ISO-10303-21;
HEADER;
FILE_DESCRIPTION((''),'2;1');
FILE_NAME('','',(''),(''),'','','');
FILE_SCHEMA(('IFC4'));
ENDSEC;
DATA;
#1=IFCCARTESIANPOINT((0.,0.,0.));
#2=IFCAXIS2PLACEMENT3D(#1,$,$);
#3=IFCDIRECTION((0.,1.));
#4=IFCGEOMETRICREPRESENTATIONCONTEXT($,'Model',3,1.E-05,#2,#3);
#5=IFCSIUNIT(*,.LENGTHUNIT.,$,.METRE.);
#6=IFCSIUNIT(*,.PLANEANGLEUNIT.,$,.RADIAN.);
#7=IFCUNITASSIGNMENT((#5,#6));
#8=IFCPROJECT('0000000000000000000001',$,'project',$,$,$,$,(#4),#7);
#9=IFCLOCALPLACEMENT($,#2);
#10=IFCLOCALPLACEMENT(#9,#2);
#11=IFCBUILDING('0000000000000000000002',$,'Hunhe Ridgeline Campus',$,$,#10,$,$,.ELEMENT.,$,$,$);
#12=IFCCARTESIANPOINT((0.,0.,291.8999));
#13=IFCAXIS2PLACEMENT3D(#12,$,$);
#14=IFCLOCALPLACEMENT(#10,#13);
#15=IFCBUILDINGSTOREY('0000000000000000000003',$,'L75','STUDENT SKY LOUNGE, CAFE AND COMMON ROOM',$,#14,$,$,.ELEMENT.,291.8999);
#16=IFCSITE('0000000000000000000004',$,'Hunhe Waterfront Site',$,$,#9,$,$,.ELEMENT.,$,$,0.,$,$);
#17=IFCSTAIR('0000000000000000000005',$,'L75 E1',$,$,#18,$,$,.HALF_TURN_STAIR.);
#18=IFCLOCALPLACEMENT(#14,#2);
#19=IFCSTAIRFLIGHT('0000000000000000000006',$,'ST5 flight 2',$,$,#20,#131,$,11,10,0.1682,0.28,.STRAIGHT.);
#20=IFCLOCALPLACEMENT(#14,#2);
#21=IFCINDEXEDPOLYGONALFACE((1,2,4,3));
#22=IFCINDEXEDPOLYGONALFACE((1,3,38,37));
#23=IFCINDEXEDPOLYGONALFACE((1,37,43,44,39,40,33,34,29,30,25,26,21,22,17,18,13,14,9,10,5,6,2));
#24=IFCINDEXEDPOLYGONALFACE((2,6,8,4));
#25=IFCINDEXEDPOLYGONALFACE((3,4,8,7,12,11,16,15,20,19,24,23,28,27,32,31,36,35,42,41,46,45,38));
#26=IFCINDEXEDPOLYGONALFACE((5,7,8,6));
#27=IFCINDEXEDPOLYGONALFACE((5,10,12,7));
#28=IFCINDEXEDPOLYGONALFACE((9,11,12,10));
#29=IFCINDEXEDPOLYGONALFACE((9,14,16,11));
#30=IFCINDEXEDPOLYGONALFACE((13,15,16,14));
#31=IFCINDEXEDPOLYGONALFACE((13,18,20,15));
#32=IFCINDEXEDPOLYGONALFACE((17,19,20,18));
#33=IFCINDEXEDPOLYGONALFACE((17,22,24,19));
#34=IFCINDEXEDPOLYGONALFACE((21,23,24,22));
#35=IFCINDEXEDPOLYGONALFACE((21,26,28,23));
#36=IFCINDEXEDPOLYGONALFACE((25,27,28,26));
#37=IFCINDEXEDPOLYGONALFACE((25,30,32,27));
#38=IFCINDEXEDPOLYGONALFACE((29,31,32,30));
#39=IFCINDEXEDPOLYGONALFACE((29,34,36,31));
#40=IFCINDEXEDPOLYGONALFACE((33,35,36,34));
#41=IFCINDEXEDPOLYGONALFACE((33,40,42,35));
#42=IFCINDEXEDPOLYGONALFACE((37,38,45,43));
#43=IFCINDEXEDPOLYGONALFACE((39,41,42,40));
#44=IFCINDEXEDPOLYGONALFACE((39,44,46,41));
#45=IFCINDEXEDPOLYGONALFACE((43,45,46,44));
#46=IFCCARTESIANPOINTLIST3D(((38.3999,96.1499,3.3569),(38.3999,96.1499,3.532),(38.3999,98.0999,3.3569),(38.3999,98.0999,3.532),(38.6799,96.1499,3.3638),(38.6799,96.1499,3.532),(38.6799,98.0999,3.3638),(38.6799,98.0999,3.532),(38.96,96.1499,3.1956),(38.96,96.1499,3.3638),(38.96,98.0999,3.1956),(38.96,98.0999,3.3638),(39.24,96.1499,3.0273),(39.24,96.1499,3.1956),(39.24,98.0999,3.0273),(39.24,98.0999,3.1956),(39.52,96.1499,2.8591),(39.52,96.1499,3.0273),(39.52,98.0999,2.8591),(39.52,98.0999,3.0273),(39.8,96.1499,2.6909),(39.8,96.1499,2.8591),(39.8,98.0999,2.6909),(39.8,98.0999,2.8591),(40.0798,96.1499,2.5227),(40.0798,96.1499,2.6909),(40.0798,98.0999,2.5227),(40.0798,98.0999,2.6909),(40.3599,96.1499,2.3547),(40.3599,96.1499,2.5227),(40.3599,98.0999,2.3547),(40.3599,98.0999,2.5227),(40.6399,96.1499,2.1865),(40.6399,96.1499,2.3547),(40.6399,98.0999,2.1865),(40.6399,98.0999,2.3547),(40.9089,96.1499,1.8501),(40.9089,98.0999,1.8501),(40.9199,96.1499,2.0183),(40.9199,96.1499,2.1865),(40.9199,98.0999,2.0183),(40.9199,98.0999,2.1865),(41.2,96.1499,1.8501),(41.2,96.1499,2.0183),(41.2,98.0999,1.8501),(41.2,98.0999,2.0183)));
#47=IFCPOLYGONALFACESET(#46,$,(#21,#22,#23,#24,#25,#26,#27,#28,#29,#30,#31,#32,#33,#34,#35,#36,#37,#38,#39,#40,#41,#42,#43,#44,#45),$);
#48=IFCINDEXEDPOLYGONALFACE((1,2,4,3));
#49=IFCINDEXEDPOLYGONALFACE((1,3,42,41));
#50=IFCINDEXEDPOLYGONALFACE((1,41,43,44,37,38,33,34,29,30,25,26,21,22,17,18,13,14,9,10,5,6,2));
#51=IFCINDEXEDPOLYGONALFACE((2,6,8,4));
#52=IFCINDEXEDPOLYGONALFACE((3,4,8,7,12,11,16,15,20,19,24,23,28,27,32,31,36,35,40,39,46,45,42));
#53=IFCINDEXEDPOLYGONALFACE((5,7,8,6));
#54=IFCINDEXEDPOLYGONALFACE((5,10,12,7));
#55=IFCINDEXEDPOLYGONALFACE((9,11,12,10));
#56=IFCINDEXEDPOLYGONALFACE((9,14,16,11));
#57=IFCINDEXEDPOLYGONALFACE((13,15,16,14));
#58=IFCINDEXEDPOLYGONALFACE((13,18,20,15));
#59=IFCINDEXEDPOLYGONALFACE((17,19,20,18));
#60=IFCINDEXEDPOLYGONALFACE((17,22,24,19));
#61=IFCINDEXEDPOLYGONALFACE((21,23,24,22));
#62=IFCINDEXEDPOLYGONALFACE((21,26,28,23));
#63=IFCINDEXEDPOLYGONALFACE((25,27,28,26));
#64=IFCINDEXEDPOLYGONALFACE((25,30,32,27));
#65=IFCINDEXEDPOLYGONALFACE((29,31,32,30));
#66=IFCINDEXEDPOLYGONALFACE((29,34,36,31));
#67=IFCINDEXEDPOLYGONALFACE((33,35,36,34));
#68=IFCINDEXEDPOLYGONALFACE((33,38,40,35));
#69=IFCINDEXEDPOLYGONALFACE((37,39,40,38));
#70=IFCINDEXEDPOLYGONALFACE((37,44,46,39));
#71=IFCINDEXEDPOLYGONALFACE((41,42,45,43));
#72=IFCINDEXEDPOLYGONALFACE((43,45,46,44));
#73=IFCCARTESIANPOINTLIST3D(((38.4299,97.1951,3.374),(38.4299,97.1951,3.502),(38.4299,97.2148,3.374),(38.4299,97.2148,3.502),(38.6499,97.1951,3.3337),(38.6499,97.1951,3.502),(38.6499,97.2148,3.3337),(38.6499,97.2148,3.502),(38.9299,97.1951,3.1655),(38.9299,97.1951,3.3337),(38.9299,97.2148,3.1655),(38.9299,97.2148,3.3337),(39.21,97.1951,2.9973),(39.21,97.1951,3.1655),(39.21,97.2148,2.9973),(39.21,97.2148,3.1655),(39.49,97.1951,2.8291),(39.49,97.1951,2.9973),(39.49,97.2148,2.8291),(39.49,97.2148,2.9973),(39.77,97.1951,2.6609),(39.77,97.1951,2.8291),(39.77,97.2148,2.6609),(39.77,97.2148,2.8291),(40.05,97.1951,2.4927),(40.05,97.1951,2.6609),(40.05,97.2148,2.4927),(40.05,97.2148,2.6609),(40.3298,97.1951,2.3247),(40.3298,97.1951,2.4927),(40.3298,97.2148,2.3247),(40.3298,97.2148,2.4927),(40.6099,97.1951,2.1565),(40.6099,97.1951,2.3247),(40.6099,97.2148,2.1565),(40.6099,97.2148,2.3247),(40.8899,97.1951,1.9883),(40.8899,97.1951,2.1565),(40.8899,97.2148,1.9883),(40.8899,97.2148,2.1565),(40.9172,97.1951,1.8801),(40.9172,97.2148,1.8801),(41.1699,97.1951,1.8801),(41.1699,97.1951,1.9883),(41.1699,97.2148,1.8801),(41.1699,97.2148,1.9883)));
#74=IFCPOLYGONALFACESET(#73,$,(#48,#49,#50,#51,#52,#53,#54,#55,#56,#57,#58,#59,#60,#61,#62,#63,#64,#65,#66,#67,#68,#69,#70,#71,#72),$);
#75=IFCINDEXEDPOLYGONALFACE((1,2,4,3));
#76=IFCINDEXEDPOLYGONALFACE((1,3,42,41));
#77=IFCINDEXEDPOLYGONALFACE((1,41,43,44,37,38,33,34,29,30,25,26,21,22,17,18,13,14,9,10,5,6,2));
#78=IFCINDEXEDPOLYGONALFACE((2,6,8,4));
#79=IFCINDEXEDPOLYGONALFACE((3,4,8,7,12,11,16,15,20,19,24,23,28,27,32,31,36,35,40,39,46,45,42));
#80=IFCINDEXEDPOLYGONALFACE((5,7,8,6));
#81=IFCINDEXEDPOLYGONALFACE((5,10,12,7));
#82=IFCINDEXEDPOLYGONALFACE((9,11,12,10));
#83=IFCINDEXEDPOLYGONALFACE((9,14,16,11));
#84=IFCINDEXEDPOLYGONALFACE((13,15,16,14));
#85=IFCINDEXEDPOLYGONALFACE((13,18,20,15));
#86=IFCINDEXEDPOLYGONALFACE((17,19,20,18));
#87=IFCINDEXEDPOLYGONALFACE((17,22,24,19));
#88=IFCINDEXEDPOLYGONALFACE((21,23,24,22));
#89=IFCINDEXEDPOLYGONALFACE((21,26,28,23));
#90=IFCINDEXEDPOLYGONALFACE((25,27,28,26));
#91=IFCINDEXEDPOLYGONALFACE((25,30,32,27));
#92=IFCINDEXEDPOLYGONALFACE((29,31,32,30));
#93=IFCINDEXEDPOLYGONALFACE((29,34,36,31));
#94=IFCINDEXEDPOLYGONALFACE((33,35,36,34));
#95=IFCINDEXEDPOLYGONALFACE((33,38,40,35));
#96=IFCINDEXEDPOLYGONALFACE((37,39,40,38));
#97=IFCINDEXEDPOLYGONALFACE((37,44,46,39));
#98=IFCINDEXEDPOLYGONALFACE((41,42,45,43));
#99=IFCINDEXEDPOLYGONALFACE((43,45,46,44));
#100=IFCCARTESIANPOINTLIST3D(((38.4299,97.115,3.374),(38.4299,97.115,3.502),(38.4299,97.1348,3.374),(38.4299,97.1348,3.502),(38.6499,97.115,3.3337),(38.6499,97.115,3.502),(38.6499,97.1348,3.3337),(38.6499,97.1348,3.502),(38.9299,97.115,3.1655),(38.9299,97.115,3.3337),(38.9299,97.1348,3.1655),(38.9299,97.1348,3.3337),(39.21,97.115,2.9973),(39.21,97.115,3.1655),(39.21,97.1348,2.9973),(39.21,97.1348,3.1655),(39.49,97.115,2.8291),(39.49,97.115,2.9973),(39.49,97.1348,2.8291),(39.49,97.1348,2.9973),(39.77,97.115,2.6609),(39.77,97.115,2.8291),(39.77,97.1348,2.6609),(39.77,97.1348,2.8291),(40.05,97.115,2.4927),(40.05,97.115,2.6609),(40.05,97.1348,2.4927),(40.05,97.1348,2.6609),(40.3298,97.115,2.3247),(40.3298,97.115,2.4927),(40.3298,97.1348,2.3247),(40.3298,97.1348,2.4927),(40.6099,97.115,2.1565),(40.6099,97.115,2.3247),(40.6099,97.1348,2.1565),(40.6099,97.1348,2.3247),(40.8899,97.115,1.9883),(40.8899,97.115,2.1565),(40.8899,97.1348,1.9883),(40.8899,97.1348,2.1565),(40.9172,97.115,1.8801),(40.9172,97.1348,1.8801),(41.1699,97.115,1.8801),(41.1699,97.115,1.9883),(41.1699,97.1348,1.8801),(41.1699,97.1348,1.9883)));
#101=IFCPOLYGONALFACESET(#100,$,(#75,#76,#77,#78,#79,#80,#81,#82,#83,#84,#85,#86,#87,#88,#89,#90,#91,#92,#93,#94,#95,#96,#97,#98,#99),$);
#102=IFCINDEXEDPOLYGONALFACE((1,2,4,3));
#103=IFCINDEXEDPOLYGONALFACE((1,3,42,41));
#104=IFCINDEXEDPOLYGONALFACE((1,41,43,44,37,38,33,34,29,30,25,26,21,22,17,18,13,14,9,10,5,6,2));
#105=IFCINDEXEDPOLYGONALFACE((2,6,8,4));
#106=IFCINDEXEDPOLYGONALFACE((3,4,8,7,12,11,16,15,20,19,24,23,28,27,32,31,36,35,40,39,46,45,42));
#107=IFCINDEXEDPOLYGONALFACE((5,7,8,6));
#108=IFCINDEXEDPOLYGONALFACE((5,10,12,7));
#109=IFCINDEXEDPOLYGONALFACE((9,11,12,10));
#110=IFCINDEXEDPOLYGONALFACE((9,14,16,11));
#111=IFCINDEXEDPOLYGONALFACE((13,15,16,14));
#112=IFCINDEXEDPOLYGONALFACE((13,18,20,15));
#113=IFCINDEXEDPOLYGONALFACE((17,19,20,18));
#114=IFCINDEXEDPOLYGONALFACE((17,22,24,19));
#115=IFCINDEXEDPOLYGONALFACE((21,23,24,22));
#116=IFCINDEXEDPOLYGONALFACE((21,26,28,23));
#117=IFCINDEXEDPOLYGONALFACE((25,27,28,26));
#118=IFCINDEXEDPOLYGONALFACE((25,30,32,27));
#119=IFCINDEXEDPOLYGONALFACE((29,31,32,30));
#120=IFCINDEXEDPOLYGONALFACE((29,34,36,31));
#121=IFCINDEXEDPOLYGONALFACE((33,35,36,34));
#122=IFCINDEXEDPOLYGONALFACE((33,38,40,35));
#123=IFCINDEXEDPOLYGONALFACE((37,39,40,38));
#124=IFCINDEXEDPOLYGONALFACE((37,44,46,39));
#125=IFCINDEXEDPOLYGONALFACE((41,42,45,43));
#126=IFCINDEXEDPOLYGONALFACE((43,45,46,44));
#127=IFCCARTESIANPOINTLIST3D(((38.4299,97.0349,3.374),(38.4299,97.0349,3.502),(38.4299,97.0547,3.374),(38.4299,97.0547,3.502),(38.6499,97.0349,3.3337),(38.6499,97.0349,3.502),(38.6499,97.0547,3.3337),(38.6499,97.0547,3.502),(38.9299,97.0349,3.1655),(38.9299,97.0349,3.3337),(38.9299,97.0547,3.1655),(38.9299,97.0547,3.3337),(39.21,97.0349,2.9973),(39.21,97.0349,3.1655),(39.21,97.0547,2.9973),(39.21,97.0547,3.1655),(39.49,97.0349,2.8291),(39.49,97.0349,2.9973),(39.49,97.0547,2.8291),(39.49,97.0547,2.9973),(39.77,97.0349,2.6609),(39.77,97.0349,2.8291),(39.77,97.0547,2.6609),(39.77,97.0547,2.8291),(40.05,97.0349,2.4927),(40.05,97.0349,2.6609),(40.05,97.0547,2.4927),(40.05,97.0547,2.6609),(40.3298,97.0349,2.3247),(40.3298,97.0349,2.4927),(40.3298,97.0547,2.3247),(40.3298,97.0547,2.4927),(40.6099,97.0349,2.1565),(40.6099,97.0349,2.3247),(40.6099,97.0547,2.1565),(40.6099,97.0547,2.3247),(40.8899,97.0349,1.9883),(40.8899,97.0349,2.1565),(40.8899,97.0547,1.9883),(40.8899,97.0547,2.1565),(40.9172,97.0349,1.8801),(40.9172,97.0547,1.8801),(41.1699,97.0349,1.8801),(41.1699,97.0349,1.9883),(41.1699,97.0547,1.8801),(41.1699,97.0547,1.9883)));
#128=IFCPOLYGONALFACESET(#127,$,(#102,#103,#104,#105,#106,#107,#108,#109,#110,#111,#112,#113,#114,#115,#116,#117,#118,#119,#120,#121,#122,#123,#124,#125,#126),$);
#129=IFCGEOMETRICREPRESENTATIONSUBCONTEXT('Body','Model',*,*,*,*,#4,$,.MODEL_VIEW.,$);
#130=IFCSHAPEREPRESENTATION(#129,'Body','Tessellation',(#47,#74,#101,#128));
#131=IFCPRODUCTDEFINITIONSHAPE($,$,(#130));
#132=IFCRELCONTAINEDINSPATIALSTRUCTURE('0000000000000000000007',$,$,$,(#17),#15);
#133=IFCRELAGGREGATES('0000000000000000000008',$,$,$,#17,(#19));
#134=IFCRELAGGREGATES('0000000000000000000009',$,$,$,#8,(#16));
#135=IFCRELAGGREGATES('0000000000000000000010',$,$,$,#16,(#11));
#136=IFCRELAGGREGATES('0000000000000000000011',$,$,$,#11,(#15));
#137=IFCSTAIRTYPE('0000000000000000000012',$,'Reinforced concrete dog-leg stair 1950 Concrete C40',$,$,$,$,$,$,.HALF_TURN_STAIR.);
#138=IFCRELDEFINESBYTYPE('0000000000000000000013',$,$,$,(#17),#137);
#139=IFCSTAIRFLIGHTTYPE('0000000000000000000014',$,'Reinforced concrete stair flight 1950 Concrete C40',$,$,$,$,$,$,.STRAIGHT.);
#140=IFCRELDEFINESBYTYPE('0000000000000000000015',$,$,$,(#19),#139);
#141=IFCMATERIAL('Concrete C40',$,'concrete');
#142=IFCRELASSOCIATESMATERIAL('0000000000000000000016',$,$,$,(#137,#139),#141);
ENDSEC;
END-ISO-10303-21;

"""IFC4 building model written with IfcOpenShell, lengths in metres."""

from ifc_helpers import new_model, si_unit, direction, frame, origin, place, context, subcontext, project, spatial, polyline, outline, extrude, material, type_object, element, aggregate, save


model = new_model("IFC4")

# Units and contexts
model_context = context("Model", 3, precision=1e-05, world=origin(), true_north=direction((0.0, 1.0)))
body_context = subcontext(model_context, "Body", "Model", "MODEL_VIEW")
ifc_project = project(units=[si_unit("LENGTHUNIT", "METRE"), si_unit("PLANEANGLEUNIT", "RADIAN")], contexts=[model_context])

# Site, building, storey
site_placement = place(None, origin())
site = spatial("IfcSite", under=ifc_project, at=site_placement, Name="Hunhe Waterfront Site", CompositionType="ELEMENT", RefElevation=0.0)
building_placement = place(site_placement, origin())
building = spatial("IfcBuilding", under=site, at=building_placement, Name="Hunhe Ridgeline Campus", CompositionType="ELEMENT")
storey_placement = place(building_placement, frame((0.0, 0.0, 291.8999)))
storey = spatial("IfcBuildingStorey", under=building, at=storey_placement, Name="L75", Description="STUDENT SKY LOUNGE, CAFE AND COMMON ROOM", CompositionType="ELEMENT", Elevation=291.8999)

# Stair, stair flight
ifc_material_1 = material(Name="Concrete C40", Category="concrete")
stair_type = type_object("IfcStairType", Name="Reinforced concrete dog-leg stair 1950 Concrete C40", PredefinedType="HALF_TURN_STAIR", material=ifc_material_1)
stair_placement = place(storey_placement, origin())
stair = element("IfcStair", 1, at=stair_placement, inside=storey, type_object=stair_type, Name="L75 E1", PredefinedType="HALF_TURN_STAIR")
stair_flight_type = type_object("IfcStairFlightType", Name="Reinforced concrete stair flight 1950 Concrete C40", PredefinedType="STRAIGHT", material=ifc_material_1)
stair_flight_1_placement = place(storey_placement, frame((41.2, 97.125, 1.8501), z_axis=(0.0, 0.0, 1.0), x_axis=(-1.0, 0.0, 0.0)))
stair_flight_1 = element("IfcStairFlight", 2, at=stair_flight_1_placement, type_object=stair_flight_type, Name="ST5 flight 2", NumberOfRisers=11, NumberOfTreads=10, PredefinedType="STRAIGHT", RiserHeight=0.1682, TreadLength=0.28, context=body_context, shape_type="SweptSolid", body=[
    extrude(outline(polyline([(0.0, 0.0), (0.0, 0.1682), (0.28, 0.1682), (0.28, 0.3364), (0.5601, 0.3364), (0.5601, 0.5046), (0.8401, 0.5046), (0.8401, 0.6726), (1.1201, 0.6726), (1.1201, 0.8408), (1.3999, 0.8408), (1.3999, 1.009), (1.6799, 1.009), (1.6799, 1.1772), (1.96, 1.1772), (1.96, 1.3455), (2.24, 1.3455), (2.24, 1.5137), (2.52, 1.5137), (2.52, 1.6819), (2.8, 1.6819), (2.8, 1.8501), (2.8, 1.5068), (0.291, 0.0), (0.0, 0.0)])), frame((0.0, 0.9751, 0.0), z_axis=(0.0, -1.0, 0.0), x_axis=(1.0, 0.0, 0.0)), (0.0, 0.0, 1.0), 1.95),
    extrude(outline(polyline([(0.03, 0.03), (0.03, 0.1382), (0.3101, 0.1382), (0.3101, 0.3064), (0.5901, 0.3064), (0.5901, 0.4746), (0.8701, 0.4746), (0.8701, 0.6426), (1.1499, 0.6426), (1.1499, 0.8108), (1.4299, 0.8108), (1.4299, 0.979), (1.71, 0.979), (1.71, 1.1472), (1.99, 1.1472), (1.99, 1.3154), (2.27, 1.3154), (2.27, 1.4836), (2.55, 1.4836), (2.55, 1.6519), (2.77, 1.6519), (2.77, 1.5239), (0.2827, 0.03), (0.03, 0.03)])), frame((0.0, -0.0701, 0.0), z_axis=(0.0, -1.0, 0.0), x_axis=(1.0, 0.0, 0.0)), (0.0, 0.0, 1.0), 0.0198),
    extrude(outline(polyline([(0.03, 0.03), (0.03, 0.1382), (0.3101, 0.1382), (0.3101, 0.3064), (0.5901, 0.3064), (0.5901, 0.4746), (0.8701, 0.4746), (0.8701, 0.6426), (1.1499, 0.6426), (1.1499, 0.8108), (1.4299, 0.8108), (1.4299, 0.979), (1.71, 0.979), (1.71, 1.1472), (1.99, 1.1472), (1.99, 1.3154), (2.27, 1.3154), (2.27, 1.4836), (2.55, 1.4836), (2.55, 1.6519), (2.77, 1.6519), (2.77, 1.5239), (0.2827, 0.03), (0.03, 0.03)])), frame((0.0, 0.01, 0.0), z_axis=(0.0, -1.0, 0.0), x_axis=(1.0, 0.0, 0.0)), (0.0, 0.0, 1.0), 0.0198),
    extrude(outline(polyline([(0.03, 0.03), (0.03, 0.1382), (0.3101, 0.1382), (0.3101, 0.3064), (0.5901, 0.3064), (0.5901, 0.4746), (0.8701, 0.4746), (0.8701, 0.6426), (1.1499, 0.6426), (1.1499, 0.8108), (1.4299, 0.8108), (1.4299, 0.979), (1.71, 0.979), (1.71, 1.1472), (1.99, 1.1472), (1.99, 1.3154), (2.27, 1.3154), (2.27, 1.4836), (2.55, 1.4836), (2.55, 1.6519), (2.77, 1.6519), (2.77, 1.5239), (0.2827, 0.03), (0.03, 0.03)])), frame((0.0, 0.0901, 0.0), z_axis=(0.0, -1.0, 0.0), x_axis=(1.0, 0.0, 0.0)), (0.0, 0.0, 1.0), 0.0198),
])
aggregate(stair, [stair_flight_1])

save(model, "model.ifc")
